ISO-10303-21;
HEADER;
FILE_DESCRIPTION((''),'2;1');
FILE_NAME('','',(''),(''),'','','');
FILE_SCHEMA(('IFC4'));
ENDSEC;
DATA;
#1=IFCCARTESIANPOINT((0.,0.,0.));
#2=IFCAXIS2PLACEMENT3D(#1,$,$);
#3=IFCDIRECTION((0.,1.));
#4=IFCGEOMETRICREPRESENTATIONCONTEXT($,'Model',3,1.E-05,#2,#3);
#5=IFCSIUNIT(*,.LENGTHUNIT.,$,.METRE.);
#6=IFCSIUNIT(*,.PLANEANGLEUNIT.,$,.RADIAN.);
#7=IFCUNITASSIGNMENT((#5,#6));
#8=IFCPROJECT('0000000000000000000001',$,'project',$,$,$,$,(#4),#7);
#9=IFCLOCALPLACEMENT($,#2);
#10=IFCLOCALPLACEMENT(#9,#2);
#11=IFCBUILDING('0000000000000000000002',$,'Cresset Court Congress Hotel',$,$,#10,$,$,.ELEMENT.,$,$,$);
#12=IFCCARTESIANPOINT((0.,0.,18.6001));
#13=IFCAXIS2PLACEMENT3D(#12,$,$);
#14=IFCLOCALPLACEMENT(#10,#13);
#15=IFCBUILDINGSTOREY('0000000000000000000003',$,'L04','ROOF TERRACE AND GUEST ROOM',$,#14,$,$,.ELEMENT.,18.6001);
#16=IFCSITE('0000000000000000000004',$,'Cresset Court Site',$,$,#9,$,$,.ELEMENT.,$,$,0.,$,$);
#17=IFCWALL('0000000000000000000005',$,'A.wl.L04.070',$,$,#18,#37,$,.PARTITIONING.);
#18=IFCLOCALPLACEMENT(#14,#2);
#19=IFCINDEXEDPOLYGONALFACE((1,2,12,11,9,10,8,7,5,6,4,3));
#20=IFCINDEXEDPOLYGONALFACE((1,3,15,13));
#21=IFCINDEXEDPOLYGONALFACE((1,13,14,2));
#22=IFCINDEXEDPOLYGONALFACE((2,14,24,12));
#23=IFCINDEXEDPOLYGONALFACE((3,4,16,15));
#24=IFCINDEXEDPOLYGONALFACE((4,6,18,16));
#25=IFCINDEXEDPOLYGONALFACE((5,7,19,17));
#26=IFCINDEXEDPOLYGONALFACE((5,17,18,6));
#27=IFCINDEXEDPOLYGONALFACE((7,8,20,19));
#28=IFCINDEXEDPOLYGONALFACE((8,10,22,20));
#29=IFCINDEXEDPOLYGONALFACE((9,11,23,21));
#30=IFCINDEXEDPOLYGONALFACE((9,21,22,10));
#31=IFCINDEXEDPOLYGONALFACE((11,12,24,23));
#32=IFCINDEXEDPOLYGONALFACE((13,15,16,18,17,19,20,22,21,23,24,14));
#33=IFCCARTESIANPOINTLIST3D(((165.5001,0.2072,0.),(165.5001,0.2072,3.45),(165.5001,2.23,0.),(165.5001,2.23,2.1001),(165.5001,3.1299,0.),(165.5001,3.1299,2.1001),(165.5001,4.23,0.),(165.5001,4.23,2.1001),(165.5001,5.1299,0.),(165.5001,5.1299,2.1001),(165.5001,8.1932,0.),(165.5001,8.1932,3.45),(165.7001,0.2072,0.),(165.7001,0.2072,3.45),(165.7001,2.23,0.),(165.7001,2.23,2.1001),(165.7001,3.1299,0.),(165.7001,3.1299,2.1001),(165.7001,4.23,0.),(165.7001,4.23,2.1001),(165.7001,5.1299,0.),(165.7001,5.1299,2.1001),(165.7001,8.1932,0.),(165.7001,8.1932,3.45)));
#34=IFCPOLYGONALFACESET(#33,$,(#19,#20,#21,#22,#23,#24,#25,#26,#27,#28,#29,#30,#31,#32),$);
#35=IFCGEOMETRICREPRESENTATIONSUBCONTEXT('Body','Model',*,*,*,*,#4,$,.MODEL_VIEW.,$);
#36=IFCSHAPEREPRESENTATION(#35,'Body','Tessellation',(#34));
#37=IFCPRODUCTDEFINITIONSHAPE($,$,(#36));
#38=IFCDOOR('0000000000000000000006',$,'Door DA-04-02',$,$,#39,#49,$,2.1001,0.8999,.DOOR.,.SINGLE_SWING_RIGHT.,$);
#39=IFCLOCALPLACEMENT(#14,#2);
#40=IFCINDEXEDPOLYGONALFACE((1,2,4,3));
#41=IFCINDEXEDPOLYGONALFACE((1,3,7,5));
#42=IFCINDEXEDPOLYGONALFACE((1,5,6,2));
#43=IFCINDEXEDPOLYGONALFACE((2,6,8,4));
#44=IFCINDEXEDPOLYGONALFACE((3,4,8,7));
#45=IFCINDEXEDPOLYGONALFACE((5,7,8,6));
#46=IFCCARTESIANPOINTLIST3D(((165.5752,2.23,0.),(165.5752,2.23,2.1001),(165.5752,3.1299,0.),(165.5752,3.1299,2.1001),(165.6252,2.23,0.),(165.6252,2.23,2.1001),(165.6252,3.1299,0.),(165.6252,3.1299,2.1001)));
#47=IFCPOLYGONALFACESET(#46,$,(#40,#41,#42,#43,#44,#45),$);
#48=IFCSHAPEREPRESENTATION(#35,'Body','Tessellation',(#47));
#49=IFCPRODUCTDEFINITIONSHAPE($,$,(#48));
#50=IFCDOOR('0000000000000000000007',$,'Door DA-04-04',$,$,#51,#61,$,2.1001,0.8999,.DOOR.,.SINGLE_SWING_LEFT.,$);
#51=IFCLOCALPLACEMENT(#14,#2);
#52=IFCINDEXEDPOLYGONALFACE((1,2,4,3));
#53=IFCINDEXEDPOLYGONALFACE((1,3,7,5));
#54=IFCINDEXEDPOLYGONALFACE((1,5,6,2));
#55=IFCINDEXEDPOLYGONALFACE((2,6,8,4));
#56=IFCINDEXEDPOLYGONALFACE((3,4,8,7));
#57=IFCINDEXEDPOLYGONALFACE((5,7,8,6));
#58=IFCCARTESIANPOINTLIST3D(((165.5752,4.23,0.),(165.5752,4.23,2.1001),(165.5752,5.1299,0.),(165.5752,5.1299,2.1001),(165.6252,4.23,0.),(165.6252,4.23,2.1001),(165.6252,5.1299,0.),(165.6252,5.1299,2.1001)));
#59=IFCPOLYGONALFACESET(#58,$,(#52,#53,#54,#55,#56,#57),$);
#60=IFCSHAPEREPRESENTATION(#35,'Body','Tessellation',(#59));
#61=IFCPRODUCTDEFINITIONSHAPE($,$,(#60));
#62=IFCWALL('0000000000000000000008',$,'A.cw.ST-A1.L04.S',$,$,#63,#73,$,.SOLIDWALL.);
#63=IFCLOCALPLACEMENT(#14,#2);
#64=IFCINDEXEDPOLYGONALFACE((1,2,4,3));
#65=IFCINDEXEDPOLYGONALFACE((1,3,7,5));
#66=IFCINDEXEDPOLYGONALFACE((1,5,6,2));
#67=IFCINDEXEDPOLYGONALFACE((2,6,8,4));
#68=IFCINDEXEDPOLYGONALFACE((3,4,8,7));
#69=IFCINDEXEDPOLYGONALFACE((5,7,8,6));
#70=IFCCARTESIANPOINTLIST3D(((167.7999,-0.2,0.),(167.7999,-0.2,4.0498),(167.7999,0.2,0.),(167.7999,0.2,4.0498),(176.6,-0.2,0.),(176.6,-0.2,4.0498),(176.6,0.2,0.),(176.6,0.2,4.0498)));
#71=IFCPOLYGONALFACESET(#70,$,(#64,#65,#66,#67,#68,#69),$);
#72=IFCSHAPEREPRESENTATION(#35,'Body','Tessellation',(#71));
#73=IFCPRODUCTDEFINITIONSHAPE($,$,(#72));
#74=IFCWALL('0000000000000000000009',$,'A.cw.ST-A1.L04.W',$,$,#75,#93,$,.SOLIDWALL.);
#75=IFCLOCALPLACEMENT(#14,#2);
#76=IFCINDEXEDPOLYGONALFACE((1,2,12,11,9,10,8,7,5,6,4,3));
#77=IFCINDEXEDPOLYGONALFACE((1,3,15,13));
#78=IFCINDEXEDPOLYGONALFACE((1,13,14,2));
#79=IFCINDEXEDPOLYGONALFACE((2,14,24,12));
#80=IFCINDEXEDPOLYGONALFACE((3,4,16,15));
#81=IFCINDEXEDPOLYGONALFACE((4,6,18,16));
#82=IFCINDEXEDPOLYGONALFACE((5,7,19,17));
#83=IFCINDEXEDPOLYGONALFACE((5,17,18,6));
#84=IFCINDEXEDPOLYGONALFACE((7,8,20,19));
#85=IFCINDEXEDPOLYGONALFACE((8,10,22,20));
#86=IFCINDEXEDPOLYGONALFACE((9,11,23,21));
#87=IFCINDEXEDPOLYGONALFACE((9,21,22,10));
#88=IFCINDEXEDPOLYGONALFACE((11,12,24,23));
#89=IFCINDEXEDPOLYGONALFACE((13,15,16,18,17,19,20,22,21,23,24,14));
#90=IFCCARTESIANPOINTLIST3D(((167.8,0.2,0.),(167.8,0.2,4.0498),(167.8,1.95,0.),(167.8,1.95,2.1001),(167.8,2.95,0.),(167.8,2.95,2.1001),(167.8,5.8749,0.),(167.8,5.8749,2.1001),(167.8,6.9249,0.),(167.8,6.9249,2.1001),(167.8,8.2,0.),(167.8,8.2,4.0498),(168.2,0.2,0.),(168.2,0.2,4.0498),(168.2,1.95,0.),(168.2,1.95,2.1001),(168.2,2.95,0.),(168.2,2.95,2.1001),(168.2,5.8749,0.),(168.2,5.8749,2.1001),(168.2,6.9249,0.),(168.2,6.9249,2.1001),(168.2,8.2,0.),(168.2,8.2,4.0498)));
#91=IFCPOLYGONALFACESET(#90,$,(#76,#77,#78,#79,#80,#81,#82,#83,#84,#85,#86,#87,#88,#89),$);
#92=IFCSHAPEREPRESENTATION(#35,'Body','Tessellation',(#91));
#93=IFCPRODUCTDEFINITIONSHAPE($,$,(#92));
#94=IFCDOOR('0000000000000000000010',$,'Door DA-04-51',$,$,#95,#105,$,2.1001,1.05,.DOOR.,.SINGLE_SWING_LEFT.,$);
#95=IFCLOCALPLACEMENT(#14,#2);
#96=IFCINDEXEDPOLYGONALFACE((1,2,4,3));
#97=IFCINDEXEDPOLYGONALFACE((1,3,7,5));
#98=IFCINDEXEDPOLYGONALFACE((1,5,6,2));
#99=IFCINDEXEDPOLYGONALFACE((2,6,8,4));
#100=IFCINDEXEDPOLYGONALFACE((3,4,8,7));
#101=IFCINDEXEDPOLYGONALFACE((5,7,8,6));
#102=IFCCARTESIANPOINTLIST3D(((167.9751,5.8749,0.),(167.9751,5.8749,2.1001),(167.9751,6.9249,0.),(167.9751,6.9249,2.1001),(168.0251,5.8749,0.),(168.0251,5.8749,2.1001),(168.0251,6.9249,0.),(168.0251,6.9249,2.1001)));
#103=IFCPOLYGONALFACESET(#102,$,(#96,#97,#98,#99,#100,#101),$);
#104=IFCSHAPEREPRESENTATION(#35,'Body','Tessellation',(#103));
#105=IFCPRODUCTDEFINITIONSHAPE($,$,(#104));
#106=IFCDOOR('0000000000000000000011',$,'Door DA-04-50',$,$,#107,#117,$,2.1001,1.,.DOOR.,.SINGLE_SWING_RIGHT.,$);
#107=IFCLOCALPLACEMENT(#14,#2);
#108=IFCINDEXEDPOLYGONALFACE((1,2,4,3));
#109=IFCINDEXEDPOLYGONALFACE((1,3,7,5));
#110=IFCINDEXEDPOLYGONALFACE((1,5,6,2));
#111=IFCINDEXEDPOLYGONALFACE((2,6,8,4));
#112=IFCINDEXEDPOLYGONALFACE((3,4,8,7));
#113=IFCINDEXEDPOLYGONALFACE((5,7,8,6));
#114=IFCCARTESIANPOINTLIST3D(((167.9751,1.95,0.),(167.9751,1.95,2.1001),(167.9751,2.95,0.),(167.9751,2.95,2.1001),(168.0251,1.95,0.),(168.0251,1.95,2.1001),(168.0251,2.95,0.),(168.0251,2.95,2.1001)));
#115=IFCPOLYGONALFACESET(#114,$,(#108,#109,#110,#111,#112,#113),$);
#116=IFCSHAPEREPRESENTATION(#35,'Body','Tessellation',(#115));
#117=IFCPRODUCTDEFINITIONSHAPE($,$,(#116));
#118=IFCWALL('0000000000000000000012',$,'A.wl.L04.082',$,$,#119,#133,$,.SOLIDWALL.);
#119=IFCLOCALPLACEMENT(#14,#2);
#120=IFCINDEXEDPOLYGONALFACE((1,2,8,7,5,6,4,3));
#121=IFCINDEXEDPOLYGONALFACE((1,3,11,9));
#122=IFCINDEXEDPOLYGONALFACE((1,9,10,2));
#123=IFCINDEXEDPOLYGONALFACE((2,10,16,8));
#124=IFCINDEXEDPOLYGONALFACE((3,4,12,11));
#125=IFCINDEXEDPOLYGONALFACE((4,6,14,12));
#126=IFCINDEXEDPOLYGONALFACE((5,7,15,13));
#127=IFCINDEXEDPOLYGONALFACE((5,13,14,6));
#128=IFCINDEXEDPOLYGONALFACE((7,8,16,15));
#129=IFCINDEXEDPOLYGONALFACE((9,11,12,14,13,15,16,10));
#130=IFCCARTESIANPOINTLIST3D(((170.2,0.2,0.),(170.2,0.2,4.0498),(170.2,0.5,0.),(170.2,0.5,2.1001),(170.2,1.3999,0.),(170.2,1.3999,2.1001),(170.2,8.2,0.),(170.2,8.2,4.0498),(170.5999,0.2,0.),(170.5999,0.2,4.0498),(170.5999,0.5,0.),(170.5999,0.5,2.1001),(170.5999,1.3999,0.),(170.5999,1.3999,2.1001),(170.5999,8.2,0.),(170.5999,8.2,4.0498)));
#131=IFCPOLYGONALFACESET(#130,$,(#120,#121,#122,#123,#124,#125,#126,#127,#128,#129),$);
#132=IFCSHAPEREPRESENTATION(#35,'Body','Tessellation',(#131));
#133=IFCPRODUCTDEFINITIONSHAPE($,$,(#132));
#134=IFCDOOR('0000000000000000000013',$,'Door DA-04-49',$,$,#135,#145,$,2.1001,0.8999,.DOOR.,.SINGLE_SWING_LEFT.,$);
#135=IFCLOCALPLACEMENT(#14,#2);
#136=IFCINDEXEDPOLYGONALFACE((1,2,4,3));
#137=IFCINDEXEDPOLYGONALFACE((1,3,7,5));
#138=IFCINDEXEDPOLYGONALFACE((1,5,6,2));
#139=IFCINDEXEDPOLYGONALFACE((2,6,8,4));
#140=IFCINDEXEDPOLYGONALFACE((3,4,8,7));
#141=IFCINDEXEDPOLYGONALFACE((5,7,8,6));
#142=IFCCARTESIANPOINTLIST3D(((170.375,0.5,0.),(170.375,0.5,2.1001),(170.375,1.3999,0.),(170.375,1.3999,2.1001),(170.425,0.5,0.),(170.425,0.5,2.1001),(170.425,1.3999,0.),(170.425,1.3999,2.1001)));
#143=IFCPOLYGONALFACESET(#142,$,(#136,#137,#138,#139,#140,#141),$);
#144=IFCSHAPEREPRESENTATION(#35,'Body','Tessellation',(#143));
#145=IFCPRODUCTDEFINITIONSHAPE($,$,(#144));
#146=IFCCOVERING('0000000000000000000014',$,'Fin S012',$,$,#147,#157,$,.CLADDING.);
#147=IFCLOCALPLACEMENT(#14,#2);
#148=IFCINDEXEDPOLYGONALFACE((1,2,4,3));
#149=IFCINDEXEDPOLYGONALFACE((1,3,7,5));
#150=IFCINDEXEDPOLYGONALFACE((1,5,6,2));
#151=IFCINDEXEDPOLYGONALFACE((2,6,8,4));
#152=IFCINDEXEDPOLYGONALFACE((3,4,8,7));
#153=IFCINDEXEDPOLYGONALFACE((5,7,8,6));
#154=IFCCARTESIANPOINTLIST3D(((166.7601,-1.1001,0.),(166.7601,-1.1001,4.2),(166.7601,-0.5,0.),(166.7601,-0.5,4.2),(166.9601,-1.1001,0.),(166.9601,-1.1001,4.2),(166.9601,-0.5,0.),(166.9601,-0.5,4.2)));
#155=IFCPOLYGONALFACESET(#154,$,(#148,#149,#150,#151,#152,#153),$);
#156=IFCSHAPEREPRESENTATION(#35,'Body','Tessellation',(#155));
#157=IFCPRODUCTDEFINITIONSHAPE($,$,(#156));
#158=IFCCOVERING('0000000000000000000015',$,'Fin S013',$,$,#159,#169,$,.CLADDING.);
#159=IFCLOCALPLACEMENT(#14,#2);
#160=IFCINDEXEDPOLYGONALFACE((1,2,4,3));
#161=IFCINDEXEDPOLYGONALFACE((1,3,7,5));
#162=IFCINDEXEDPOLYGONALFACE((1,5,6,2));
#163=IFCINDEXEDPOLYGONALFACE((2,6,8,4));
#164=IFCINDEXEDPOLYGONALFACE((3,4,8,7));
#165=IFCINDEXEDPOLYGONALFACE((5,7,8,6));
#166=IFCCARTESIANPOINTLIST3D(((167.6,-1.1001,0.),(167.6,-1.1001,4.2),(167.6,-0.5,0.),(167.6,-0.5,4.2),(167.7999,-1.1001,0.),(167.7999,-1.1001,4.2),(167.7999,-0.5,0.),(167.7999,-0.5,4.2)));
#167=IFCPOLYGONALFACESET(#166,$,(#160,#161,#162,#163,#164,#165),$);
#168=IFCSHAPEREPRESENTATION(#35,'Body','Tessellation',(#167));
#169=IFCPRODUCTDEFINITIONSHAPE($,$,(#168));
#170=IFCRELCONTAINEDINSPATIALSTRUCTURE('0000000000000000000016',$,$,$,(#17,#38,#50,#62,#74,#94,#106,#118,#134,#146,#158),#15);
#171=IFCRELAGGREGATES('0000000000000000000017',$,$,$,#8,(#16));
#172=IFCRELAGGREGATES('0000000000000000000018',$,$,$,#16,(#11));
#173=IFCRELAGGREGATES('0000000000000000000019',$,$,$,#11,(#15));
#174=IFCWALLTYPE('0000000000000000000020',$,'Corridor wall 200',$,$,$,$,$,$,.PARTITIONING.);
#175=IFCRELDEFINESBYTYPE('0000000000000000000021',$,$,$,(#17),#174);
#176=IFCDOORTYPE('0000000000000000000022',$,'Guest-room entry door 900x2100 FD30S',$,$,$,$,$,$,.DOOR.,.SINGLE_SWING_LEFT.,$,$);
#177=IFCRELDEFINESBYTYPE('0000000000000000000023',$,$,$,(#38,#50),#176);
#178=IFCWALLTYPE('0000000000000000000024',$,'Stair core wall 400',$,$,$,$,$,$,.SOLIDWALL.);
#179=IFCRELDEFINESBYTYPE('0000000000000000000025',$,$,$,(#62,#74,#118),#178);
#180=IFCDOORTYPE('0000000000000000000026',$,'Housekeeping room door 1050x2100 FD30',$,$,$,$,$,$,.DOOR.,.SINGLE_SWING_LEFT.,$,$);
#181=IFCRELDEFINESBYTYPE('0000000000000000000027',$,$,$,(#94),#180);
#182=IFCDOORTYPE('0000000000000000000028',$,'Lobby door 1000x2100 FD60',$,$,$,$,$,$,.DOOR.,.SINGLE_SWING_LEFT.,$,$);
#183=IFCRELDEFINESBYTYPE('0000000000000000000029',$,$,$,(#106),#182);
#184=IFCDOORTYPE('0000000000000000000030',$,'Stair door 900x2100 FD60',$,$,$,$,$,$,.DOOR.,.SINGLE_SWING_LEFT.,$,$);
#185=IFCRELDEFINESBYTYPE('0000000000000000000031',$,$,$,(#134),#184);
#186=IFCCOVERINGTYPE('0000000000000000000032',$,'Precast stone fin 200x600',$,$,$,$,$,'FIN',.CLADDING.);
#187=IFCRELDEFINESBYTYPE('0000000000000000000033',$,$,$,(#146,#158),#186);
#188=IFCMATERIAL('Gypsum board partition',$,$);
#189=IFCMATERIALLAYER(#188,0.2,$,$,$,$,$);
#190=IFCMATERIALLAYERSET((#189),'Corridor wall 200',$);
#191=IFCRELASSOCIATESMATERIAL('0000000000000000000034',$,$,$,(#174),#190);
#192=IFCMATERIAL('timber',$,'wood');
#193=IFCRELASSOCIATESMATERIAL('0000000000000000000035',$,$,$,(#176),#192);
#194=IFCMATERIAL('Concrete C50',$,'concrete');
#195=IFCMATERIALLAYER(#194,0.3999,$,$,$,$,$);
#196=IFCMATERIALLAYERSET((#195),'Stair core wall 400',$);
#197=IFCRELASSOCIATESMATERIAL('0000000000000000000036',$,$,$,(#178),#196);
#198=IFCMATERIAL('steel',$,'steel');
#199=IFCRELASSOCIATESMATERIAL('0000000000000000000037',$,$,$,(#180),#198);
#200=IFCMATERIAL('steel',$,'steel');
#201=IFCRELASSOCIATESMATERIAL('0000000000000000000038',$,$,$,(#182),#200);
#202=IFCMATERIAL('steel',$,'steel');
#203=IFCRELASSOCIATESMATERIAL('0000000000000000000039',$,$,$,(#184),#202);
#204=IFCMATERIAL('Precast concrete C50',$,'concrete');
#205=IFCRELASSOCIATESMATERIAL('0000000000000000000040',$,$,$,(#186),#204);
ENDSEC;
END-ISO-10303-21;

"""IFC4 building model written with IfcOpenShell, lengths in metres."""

from ifc_helpers import new_model, si_unit, direction, frame, frame_2d, origin, origin_2d, place, context, subcontext, project, spatial, rectangle, extrude, material, layer, layer_set, type_object, element, fill, save


model = new_model("IFC4")

# Units and contexts
model_context = context("Model", 3, precision=1e-05, world=origin(), true_north=direction((0.0, 1.0)))
body_context = subcontext(model_context, "Body", "Model", "MODEL_VIEW")
ifc_project = project(units=[si_unit("LENGTHUNIT", "METRE"), si_unit("PLANEANGLEUNIT", "RADIAN")], contexts=[model_context])

# Site, building, storey
site_placement = place(None, origin())
site = spatial("IfcSite", under=ifc_project, at=site_placement, Name="Cresset Court Site", CompositionType="ELEMENT", RefElevation=0.0)
building_placement = place(site_placement, origin())
building = spatial("IfcBuilding", under=site, at=building_placement, Name="Cresset Court Congress Hotel", CompositionType="ELEMENT")
storey_placement = place(building_placement, frame((0.0, 0.0, 18.6001)))
storey = spatial("IfcBuildingStorey", under=building, at=storey_placement, Name="L04", Description="ROOF TERRACE AND GUEST ROOM", CompositionType="ELEMENT", Elevation=18.6001)

# Wall, openings, doors
ifc_material_1 = material(Name="Gypsum board partition")
ifc_layer_1 = layer(ifc_material_1, 0.2)
ifc_layer_set_1 = layer_set([ifc_layer_1], Name="Corridor wall 200")
wall_type_1 = type_object("IfcWallType", Name="Corridor wall 200", PredefinedType="PARTITIONING", material=ifc_layer_set_1)
wall_1_placement = place(storey_placement, frame((165.6001, 0.207, 0.0), z_axis=(0.0, 0.0, 1.0), x_axis=(0.0, 1.0, 0.0)))
wall_1 = element("IfcWall", 1, at=wall_1_placement, inside=storey, type_object=wall_type_1, Name="A.wl.L04.070", PredefinedType="PARTITIONING", context=body_context, shape_type="SweptSolid", body=[
    extrude(rectangle(XDim=7.9861, YDim=0.2, at=frame_2d((3.9932, 0.0))), origin(), (0.0, 0.0, 1.0), 3.45),
])
opening_1_placement = place(wall_1_placement, frame((2.0229, 0.0, 0.0)))
opening_1 = element("IfcOpeningElement", 2, at=opening_1_placement, cuts=wall_1, PredefinedType="OPENING", context=body_context, shape_type="SweptSolid", body=[
    extrude(rectangle(XDim=0.8999, YDim=2.1001, at=frame_2d((0.45, 1.05))), frame((0.0, 0.1099, 0.0), z_axis=(0.0, -1.0, 0.0), x_axis=(1.0, 0.0, 0.0)), (0.0, 0.0, 1.0), 0.22),
])
opening_2_placement = place(wall_1_placement, frame((4.0229, 0.0, 0.0)))
opening_2 = element("IfcOpeningElement", 3, at=opening_2_placement, cuts=wall_1, PredefinedType="OPENING", context=body_context, shape_type="SweptSolid", body=[
    extrude(rectangle(XDim=0.8999, YDim=2.1001, at=frame_2d((0.45, 1.05))), frame((0.0, 0.1099, 0.0), z_axis=(0.0, -1.0, 0.0), x_axis=(1.0, 0.0, 0.0)), (0.0, 0.0, 1.0), 0.22),
])
ifc_material_2 = material(Name="timber", Category="wood")
door_type_1 = type_object("IfcDoorType", Name="Guest-room entry door 900x2100 FD30S", OperationType="SINGLE_SWING_LEFT", PredefinedType="DOOR", material=ifc_material_2)
door_1_placement = place(opening_1_placement, origin())
door_1 = element("IfcDoor", 4, at=door_1_placement, inside=storey, type_object=door_type_1, Name="Door DA-04-02", OperationType="SINGLE_SWING_RIGHT", OverallHeight=2.1001, OverallWidth=0.8999, PredefinedType="DOOR", context=body_context, shape_type="SweptSolid", body=[
    extrude(rectangle(XDim=0.8999, YDim=2.1001, at=frame_2d((0.45, 1.05))), frame((0.0, 0.0249, 0.0), z_axis=(0.0, -1.0, 0.0), x_axis=(1.0, 0.0, 0.0)), (0.0, 0.0, 1.0), 0.05),
])
fill(opening_1, door_1)
door_2_placement = place(opening_2_placement, origin())
door_2 = element("IfcDoor", 5, at=door_2_placement, inside=storey, type_object=door_type_1, Name="Door DA-04-04", OperationType="SINGLE_SWING_LEFT", OverallHeight=2.1001, OverallWidth=0.8999, PredefinedType="DOOR", context=body_context, shape_type="SweptSolid", body=[
    extrude(rectangle(XDim=0.8999, YDim=2.1001, at=frame_2d((0.45, 1.05))), frame((0.0, 0.0249, 0.0), z_axis=(0.0, -1.0, 0.0), x_axis=(1.0, 0.0, 0.0)), (0.0, 0.0, 1.0), 0.05),
])
fill(opening_2, door_2)

# Wall
ifc_material_3 = material(Name="Concrete C50", Category="concrete")
ifc_layer_2 = layer(ifc_material_3, 0.3999)
ifc_layer_set_2 = layer_set([ifc_layer_2], Name="Stair core wall 400")
wall_type_2 = type_object("IfcWallType", Name="Stair core wall 400", PredefinedType="SOLIDWALL", material=ifc_layer_set_2)
wall_2_placement = place(storey_placement, frame((167.8, 0.0, 0.0), z_axis=(0.0, 0.0, 1.0), x_axis=(1.0, 0.0, 0.0)))
element("IfcWall", 6, at=wall_2_placement, inside=storey, type_object=wall_type_2, Name="A.cw.ST-A1.L04.S", PredefinedType="SOLIDWALL", context=body_context, shape_type="SweptSolid", body=[
    extrude(rectangle(XDim=8.8, YDim=0.3999, at=frame_2d((4.3999, 0.0))), origin(), (0.0, 0.0, 1.0), 4.0498),
])

# Wall, openings, doors
wall_3_placement = place(storey_placement, frame((168.0, 0.2, 0.0), z_axis=(0.0, 0.0, 1.0), x_axis=(0.0, 1.0, 0.0)))
wall_3 = element("IfcWall", 7, at=wall_3_placement, inside=storey, type_object=wall_type_2, Name="A.cw.ST-A1.L04.W", PredefinedType="SOLIDWALL", context=body_context, shape_type="SweptSolid", body=[
    extrude(rectangle(XDim=8.0, YDim=0.3999, at=frame_2d((4.0, 0.0))), origin(), (0.0, 0.0, 1.0), 4.0498),
])
opening_3_placement = place(wall_3_placement, frame((1.75, 0.0, 0.0)))
opening_3 = element("IfcOpeningElement", 8, at=opening_3_placement, cuts=wall_3, PredefinedType="OPENING", context=body_context, shape_type="SweptSolid", body=[
    extrude(rectangle(XDim=1.0, YDim=2.1001, at=frame_2d((0.5, 1.05))), frame((0.0, 0.21, 0.0), z_axis=(0.0, -1.0, 0.0), x_axis=(1.0, 0.0, 0.0)), (0.0, 0.0, 1.0), 0.4199),
])
opening_4_placement = place(wall_3_placement, frame((5.675, 0.0, 0.0)))
opening_4 = element("IfcOpeningElement", 9, at=opening_4_placement, cuts=wall_3, PredefinedType="OPENING", context=body_context, shape_type="SweptSolid", body=[
    extrude(rectangle(XDim=1.05, YDim=2.1001, at=frame_2d((0.5249, 1.05))), frame((0.0, 0.21, 0.0), z_axis=(0.0, -1.0, 0.0), x_axis=(1.0, 0.0, 0.0)), (0.0, 0.0, 1.0), 0.4199),
])
ifc_material_4 = material(Name="steel", Category="steel")
door_type_2 = type_object("IfcDoorType", Name="Housekeeping room door 1050x2100 FD30", OperationType="SINGLE_SWING_LEFT", PredefinedType="DOOR", material=ifc_material_4)
door_3_placement = place(opening_4_placement, origin())
door_3 = element("IfcDoor", 10, at=door_3_placement, inside=storey, type_object=door_type_2, Name="Door DA-04-51", OperationType="SINGLE_SWING_LEFT", OverallHeight=2.1001, OverallWidth=1.05, PredefinedType="DOOR", context=body_context, shape_type="SweptSolid", body=[
    extrude(rectangle(XDim=1.05, YDim=2.1001, at=frame_2d((0.5249, 1.05))), frame((0.0, 0.0249, 0.0), z_axis=(0.0, -1.0, 0.0), x_axis=(1.0, 0.0, 0.0)), (0.0, 0.0, 1.0), 0.05),
])
fill(opening_4, door_3)
ifc_material_5 = material(Name="steel", Category="steel")
door_type_3 = type_object("IfcDoorType", Name="Lobby door 1000x2100 FD60", OperationType="SINGLE_SWING_LEFT", PredefinedType="DOOR", material=ifc_material_5)
door_4_placement = place(opening_3_placement, origin())
door_4 = element("IfcDoor", 11, at=door_4_placement, inside=storey, type_object=door_type_3, Name="Door DA-04-50", OperationType="SINGLE_SWING_RIGHT", OverallHeight=2.1001, OverallWidth=1.0, PredefinedType="DOOR", context=body_context, shape_type="SweptSolid", body=[
    extrude(rectangle(XDim=1.0, YDim=2.1001, at=frame_2d((0.5, 1.05))), frame((0.0, 0.0249, 0.0), z_axis=(0.0, -1.0, 0.0), x_axis=(1.0, 0.0, 0.0)), (0.0, 0.0, 1.0), 0.05),
])
fill(opening_3, door_4)

# Wall, opening, door
wall_4_placement = place(storey_placement, frame((170.3999, 0.2, 0.0), z_axis=(0.0, 0.0, 1.0), x_axis=(0.0, 1.0, 0.0)))
wall_4 = element("IfcWall", 12, at=wall_4_placement, inside=storey, type_object=wall_type_2, Name="A.wl.L04.082", PredefinedType="SOLIDWALL", context=body_context, shape_type="SweptSolid", body=[
    extrude(rectangle(XDim=8.0, YDim=0.3999, at=frame_2d((4.0, 0.0))), origin(), (0.0, 0.0, 1.0), 4.0498),
])
opening_5_placement = place(wall_4_placement, frame((0.3, 0.0, 0.0)))
opening_5 = element("IfcOpeningElement", 13, at=opening_5_placement, cuts=wall_4, PredefinedType="OPENING", context=body_context, shape_type="SweptSolid", body=[
    extrude(rectangle(XDim=0.8999, YDim=2.1001, at=frame_2d((0.45, 1.05))), frame((0.0, 0.21, 0.0), z_axis=(0.0, -1.0, 0.0), x_axis=(1.0, 0.0, 0.0)), (0.0, 0.0, 1.0), 0.4199),
])
ifc_material_6 = material(Name="steel", Category="steel")
door_type_4 = type_object("IfcDoorType", Name="Stair door 900x2100 FD60", OperationType="SINGLE_SWING_LEFT", PredefinedType="DOOR", material=ifc_material_6)
door_5_placement = place(opening_5_placement, origin())
door_5 = element("IfcDoor", 14, at=door_5_placement, inside=storey, type_object=door_type_4, Name="Door DA-04-49", OperationType="SINGLE_SWING_LEFT", OverallHeight=2.1001, OverallWidth=0.8999, PredefinedType="DOOR", context=body_context, shape_type="SweptSolid", body=[
    extrude(rectangle(XDim=0.8999, YDim=2.1001, at=frame_2d((0.45, 1.05))), frame((0.0, 0.0249, 0.0), z_axis=(0.0, -1.0, 0.0), x_axis=(1.0, 0.0, 0.0)), (0.0, 0.0, 1.0), 0.05),
])
fill(opening_5, door_5)

# Coverings
ifc_material_7 = material(Name="Precast concrete C50", Category="concrete")
covering_type_1 = type_object("IfcCoveringType", Name="Precast stone fin 200x600", ElementType="FIN", PredefinedType="CLADDING", material=ifc_material_7)
for number, where, z_axis, x_axis, name in (
    (15, (166.8601, -0.8, 0.0), (0.0, 0.0, 1.0), (1.0, 0.0, 0.0), "Fin S012"),
    (16, (167.7, -0.8, 0.0), (0.0, 0.0, 1.0), (1.0, 0.0, 0.0), "Fin S013"),
):
    element("IfcCovering", number, at=place(storey_placement, frame(where, z_axis=z_axis, x_axis=x_axis)), inside=storey, type_object=covering_type_1, Name=name, PredefinedType="CLADDING", context=body_context, shape_type="SweptSolid", body=[
        extrude(rectangle(XDim=0.2, YDim=0.6001, at=origin_2d()), origin(), (0.0, 0.0, 1.0), 4.2),
    ])

save(model, "model.ifc")
